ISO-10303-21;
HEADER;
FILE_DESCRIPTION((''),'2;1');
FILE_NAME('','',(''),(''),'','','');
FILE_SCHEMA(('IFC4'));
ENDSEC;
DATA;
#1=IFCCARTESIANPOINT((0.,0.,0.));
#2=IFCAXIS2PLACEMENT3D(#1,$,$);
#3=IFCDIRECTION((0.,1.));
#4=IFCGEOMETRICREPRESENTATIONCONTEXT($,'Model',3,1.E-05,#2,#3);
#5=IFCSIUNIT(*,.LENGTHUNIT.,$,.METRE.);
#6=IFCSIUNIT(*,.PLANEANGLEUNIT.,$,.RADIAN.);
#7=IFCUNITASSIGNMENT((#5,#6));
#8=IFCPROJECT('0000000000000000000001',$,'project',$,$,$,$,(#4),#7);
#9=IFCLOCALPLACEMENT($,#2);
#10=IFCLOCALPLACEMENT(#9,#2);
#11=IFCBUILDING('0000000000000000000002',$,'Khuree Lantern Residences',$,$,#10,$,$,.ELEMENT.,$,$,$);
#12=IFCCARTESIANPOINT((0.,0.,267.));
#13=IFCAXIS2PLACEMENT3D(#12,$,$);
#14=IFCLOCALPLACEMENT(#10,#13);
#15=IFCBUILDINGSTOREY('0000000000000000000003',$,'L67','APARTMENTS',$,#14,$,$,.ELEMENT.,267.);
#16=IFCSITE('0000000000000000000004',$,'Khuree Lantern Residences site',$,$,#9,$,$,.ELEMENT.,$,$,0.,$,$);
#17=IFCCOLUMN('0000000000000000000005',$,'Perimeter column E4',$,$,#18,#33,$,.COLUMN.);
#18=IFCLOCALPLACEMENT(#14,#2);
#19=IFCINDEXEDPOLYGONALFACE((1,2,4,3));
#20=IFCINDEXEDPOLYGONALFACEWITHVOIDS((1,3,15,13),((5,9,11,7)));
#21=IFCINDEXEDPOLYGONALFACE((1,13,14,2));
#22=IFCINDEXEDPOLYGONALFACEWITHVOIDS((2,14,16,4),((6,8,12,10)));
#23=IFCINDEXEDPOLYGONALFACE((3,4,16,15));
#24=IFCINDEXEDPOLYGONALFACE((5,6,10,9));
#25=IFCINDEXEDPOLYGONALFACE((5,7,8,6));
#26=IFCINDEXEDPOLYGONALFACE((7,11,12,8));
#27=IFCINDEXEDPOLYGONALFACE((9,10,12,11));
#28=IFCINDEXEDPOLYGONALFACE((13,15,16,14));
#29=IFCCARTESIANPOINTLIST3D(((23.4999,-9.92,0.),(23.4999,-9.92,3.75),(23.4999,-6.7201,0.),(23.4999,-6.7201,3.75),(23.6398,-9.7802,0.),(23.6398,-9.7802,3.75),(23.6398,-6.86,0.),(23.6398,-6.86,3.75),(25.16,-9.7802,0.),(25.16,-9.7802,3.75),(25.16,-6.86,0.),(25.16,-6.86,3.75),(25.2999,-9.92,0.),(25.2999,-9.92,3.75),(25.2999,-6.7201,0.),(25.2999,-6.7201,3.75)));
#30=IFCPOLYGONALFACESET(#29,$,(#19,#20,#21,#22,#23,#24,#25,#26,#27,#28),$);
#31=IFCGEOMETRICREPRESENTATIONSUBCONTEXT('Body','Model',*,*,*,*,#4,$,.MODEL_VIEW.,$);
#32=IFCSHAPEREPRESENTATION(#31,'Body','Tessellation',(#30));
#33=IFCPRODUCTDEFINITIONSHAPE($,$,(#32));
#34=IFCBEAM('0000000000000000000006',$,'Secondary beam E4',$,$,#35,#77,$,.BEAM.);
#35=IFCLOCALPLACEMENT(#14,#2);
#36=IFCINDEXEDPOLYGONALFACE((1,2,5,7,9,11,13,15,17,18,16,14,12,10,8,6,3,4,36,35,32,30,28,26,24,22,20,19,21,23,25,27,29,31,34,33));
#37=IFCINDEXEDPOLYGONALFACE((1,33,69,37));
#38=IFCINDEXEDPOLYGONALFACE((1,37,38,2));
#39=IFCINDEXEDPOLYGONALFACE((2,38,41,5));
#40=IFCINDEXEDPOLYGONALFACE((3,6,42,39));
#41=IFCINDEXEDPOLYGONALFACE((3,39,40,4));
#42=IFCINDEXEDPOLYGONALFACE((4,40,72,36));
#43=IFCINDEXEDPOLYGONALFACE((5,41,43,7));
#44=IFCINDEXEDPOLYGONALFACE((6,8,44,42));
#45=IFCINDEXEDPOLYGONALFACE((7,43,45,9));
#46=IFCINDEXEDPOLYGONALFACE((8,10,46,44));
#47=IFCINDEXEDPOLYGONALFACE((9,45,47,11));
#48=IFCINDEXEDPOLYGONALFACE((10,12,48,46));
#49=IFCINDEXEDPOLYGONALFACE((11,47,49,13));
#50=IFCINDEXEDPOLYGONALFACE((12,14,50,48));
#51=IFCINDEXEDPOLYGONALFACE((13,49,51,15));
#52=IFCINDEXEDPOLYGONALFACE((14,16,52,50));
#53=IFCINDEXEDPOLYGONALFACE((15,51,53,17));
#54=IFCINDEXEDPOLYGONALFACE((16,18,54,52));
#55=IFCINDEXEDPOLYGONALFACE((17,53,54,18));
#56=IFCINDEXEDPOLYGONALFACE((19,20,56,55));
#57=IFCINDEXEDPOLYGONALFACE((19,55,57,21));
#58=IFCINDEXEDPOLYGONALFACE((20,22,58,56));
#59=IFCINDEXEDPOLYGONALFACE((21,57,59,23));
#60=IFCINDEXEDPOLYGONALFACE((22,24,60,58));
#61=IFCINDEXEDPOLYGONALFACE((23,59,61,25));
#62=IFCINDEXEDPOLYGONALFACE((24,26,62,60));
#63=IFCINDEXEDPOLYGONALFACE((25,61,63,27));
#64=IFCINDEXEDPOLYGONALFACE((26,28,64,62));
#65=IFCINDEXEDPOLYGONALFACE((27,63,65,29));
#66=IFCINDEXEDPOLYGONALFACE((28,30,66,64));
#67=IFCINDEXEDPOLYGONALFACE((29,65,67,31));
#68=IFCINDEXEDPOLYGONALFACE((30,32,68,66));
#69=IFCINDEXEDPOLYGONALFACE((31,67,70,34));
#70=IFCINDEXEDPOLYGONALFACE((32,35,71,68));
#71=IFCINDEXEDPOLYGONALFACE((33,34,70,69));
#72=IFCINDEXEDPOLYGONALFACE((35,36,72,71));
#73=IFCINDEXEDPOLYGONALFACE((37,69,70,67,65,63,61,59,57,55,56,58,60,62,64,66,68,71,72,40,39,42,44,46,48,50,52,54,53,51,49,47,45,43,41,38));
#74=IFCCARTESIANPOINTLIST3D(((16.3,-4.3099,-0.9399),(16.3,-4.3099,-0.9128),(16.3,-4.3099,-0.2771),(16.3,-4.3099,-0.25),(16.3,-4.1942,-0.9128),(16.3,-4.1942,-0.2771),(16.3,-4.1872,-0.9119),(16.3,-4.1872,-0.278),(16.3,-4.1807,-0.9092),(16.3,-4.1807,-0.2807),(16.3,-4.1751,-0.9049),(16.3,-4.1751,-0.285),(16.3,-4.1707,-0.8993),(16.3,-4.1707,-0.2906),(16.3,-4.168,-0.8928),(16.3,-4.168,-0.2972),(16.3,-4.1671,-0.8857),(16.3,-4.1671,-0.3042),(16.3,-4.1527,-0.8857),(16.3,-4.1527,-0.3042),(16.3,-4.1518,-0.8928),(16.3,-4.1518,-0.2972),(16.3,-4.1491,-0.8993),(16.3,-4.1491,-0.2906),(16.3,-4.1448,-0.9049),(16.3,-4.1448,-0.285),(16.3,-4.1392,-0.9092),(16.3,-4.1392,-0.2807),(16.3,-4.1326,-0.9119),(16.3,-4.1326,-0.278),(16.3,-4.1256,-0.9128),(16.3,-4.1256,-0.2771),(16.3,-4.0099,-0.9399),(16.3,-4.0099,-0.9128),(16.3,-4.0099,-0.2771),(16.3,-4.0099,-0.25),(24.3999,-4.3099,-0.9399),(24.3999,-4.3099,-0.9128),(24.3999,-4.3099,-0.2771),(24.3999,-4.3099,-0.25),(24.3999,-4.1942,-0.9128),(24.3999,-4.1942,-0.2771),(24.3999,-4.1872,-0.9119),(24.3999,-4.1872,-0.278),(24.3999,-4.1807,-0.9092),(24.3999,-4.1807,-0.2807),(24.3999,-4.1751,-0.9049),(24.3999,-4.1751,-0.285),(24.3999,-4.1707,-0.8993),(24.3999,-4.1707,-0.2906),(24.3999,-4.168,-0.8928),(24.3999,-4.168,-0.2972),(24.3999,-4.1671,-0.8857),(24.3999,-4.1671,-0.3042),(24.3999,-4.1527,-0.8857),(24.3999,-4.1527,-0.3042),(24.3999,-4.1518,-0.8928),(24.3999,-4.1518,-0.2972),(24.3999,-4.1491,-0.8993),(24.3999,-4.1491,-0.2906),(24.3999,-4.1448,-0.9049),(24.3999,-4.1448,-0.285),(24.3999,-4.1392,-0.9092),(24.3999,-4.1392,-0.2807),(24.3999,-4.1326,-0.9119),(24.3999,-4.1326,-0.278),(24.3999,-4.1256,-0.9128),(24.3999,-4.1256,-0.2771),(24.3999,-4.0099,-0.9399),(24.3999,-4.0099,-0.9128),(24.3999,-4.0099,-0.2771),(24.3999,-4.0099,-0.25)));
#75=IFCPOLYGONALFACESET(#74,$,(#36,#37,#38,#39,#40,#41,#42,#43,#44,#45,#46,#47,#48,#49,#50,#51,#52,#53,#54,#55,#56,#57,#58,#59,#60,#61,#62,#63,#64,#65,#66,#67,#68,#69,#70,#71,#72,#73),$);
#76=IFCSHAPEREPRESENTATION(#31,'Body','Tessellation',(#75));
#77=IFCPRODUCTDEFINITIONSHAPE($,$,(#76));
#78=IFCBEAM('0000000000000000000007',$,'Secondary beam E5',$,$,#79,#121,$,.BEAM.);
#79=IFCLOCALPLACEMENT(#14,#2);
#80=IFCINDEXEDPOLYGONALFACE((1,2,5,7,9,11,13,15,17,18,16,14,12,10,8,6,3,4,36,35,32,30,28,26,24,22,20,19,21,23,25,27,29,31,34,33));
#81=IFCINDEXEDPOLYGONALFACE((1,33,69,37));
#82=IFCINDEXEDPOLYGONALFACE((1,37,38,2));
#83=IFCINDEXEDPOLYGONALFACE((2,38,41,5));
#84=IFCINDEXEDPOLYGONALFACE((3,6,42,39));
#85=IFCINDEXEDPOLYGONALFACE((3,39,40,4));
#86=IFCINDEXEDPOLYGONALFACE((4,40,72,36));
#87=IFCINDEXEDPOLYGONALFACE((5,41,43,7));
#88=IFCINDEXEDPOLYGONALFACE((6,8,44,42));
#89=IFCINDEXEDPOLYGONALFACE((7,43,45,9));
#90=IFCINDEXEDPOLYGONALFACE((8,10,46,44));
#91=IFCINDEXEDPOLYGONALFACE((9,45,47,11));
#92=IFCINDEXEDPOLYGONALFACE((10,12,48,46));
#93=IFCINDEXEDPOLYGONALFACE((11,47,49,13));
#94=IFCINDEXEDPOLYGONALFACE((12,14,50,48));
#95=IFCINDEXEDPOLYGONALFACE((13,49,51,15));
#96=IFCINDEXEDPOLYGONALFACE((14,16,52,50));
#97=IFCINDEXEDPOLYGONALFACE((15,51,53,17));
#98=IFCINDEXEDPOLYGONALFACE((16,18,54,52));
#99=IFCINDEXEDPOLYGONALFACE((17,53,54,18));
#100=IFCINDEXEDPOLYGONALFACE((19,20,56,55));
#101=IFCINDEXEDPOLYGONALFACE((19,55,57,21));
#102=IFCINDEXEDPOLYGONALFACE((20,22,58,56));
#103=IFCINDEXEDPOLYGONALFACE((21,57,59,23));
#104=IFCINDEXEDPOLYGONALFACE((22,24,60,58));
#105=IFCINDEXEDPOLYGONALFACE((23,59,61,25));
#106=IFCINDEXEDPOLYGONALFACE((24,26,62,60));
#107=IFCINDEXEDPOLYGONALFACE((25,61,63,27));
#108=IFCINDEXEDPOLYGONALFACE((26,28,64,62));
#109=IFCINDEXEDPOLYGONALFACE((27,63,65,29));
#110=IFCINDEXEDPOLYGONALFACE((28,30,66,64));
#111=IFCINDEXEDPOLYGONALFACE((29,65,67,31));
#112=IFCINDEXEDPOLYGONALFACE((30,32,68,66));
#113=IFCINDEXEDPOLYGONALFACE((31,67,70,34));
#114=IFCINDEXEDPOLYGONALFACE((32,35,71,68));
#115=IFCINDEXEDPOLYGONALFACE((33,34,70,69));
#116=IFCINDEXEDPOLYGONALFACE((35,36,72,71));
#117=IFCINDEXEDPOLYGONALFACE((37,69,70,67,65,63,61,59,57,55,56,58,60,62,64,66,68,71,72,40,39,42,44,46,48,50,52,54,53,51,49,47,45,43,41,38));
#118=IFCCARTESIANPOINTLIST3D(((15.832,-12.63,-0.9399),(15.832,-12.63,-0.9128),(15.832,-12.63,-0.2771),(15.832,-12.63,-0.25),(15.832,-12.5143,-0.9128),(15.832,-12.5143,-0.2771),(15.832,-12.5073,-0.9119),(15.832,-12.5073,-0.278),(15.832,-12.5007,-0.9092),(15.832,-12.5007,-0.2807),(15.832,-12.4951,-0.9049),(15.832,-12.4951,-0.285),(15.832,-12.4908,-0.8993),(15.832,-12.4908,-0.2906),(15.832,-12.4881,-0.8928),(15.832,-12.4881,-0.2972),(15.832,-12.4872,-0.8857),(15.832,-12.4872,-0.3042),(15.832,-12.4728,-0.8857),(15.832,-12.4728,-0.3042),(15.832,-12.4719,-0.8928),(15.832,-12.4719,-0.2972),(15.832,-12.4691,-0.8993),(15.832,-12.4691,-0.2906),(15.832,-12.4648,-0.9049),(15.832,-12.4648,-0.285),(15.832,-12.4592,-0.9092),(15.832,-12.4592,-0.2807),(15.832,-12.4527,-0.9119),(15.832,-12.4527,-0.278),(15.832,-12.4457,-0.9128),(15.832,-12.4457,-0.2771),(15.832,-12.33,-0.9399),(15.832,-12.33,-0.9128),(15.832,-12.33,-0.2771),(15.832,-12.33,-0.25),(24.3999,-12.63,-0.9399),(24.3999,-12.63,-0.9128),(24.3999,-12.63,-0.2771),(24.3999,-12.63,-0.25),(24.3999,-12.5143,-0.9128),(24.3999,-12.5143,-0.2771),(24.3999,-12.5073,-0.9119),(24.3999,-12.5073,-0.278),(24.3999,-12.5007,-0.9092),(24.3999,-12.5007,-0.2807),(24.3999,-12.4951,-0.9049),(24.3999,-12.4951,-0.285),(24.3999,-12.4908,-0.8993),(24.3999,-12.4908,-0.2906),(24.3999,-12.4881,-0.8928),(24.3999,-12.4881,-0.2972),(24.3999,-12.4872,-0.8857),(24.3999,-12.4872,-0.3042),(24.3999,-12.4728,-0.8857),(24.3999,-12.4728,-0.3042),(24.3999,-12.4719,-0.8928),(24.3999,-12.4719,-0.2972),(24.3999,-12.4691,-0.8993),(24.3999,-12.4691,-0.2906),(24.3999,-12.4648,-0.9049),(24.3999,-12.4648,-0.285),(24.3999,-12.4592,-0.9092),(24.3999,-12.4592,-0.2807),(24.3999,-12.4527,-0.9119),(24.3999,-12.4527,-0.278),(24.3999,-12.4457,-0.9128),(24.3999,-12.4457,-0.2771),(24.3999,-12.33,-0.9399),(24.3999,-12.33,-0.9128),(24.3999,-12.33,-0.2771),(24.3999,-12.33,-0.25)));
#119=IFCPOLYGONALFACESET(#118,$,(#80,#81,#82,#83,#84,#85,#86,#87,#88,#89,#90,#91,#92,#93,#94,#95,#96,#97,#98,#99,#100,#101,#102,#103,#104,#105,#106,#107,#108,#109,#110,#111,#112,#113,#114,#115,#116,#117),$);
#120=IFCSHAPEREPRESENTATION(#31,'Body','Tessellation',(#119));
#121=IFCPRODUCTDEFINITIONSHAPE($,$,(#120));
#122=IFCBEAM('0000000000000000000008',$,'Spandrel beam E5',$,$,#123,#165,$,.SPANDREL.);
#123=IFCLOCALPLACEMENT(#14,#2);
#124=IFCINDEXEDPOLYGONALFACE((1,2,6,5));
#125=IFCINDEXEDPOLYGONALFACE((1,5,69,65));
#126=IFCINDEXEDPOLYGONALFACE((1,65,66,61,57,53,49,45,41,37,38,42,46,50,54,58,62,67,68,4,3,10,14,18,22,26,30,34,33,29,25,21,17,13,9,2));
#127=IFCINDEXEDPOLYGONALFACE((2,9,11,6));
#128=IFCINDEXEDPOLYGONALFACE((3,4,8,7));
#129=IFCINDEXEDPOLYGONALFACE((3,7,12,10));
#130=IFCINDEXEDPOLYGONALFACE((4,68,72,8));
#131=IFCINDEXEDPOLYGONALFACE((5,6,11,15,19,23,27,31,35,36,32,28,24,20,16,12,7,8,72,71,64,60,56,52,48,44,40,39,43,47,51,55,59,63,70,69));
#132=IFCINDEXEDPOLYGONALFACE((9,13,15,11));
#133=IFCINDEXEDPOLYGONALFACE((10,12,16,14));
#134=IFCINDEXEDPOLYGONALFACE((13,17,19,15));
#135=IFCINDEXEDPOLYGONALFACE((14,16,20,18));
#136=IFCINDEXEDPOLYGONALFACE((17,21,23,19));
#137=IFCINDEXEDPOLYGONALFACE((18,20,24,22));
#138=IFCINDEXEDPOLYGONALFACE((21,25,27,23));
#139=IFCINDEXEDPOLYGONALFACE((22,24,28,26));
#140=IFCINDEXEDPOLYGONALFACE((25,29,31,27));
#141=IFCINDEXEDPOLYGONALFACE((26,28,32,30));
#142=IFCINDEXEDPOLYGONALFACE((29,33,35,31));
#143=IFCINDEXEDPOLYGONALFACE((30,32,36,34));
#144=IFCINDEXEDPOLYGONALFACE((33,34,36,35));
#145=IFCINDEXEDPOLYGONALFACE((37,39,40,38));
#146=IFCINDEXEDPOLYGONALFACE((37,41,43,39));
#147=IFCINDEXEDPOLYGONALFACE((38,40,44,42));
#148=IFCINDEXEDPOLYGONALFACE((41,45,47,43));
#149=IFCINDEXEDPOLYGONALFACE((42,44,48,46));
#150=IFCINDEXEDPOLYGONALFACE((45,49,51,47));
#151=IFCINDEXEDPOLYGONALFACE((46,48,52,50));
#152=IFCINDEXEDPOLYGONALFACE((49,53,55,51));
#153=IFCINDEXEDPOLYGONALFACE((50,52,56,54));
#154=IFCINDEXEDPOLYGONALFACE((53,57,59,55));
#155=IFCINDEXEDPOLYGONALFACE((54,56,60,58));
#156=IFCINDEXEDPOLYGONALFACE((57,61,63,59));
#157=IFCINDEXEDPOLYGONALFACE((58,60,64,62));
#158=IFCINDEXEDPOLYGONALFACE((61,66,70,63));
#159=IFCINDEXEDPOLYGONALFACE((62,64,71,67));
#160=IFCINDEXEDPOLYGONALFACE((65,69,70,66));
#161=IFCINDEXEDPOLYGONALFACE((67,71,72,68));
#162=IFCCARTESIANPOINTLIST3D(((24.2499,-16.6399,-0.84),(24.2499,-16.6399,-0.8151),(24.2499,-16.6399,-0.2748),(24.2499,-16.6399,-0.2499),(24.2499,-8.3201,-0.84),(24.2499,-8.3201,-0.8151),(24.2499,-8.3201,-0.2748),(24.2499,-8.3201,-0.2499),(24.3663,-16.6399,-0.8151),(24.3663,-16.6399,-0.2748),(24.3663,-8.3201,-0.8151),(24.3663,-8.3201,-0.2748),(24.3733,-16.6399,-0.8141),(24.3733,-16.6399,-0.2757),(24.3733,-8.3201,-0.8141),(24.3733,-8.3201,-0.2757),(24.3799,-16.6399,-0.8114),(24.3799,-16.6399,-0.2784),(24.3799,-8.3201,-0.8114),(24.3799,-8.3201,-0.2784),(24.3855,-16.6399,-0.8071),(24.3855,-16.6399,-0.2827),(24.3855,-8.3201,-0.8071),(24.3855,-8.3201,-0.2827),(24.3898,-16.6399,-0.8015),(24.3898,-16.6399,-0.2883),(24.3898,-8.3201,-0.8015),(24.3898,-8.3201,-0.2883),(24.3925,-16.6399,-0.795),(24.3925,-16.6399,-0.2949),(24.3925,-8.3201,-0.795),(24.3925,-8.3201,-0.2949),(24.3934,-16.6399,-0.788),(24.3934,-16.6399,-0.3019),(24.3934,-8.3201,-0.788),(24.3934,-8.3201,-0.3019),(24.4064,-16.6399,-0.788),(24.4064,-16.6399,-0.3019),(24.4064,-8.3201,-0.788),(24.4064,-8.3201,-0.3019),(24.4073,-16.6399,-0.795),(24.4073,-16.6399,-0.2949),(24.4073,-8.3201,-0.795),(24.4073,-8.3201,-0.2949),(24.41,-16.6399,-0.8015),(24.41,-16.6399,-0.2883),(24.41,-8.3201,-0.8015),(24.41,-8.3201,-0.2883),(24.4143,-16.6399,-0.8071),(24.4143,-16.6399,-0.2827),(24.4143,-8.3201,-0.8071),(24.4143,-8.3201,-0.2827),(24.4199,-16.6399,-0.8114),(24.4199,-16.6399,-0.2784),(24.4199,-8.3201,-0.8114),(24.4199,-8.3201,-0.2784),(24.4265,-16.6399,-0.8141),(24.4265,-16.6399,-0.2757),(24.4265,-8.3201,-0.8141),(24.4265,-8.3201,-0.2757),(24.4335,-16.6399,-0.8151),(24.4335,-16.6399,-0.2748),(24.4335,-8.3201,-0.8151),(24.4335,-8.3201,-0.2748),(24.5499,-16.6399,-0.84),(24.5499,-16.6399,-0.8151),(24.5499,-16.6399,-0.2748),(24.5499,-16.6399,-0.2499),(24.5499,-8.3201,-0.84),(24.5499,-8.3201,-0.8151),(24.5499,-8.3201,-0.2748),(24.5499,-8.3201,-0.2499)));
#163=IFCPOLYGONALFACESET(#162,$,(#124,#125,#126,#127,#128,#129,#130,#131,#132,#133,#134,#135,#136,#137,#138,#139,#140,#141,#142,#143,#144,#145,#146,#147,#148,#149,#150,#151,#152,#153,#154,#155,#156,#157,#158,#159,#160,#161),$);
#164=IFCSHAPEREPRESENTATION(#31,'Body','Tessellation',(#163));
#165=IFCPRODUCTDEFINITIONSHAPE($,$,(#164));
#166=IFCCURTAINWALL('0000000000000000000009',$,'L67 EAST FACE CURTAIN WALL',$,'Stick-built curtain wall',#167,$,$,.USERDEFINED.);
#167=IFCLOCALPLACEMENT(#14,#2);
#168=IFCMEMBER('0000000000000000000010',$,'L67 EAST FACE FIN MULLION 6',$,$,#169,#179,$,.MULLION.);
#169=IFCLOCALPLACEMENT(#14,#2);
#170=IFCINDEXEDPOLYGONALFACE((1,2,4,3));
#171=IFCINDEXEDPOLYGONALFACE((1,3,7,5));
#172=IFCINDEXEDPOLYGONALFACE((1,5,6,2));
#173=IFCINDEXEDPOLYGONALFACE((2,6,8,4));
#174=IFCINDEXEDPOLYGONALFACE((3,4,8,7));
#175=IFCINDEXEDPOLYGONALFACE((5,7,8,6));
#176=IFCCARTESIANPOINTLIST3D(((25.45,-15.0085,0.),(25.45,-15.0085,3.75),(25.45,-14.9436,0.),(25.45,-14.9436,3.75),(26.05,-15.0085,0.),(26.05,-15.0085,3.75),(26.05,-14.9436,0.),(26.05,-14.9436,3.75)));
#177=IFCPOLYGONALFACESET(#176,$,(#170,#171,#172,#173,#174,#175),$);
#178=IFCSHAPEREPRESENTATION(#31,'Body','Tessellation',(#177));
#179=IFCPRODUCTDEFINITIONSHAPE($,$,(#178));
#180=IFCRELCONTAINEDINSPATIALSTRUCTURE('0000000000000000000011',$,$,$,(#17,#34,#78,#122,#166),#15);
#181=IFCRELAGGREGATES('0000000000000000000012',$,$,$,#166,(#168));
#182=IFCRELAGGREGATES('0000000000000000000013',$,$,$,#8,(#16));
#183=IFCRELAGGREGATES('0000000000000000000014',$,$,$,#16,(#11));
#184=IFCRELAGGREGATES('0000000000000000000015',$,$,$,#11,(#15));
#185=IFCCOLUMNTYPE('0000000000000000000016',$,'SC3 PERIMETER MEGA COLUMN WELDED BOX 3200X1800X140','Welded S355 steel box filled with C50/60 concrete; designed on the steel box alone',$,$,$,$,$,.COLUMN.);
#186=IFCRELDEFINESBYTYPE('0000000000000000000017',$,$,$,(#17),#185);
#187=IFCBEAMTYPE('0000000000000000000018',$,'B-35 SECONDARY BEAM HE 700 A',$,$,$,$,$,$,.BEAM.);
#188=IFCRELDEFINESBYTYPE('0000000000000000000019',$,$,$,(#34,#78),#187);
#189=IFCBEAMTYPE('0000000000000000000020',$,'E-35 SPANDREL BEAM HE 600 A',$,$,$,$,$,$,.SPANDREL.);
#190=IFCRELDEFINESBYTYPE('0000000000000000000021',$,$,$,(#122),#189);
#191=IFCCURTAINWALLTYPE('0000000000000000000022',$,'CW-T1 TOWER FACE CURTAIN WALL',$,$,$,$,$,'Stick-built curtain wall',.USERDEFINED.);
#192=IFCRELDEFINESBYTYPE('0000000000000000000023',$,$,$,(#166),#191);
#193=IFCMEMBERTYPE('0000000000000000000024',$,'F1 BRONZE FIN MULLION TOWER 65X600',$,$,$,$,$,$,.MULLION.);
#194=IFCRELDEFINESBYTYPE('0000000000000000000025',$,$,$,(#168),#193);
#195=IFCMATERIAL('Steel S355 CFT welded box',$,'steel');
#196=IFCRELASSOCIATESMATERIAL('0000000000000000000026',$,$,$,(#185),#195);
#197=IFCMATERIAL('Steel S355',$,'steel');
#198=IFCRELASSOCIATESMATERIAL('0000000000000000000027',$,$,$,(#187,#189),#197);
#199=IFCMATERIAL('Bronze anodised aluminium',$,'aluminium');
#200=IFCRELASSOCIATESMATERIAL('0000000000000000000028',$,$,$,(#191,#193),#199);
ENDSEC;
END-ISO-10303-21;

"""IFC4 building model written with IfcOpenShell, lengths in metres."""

from ifc_helpers import new_model, si_unit, direction, frame, origin, origin_2d, place, context, subcontext, project, spatial, rectangle, hollow_rectangle, i_section, extrude, material, material_profile, profile_set, type_object, element, aggregate, save


model = new_model("IFC4")

# Units and contexts
model_context = context("Model", 3, precision=1e-05, world=origin(), true_north=direction((0.0, 1.0)))
body_context = subcontext(model_context, "Body", "Model", "MODEL_VIEW")
ifc_project = project(units=[si_unit("LENGTHUNIT", "METRE"), si_unit("PLANEANGLEUNIT", "RADIAN")], contexts=[model_context])

# Site, building, storey
site_placement = place(None, origin())
site = spatial("IfcSite", under=ifc_project, at=site_placement, Name="Khuree Lantern Residences site", CompositionType="ELEMENT", RefElevation=0.0)
building_placement = place(site_placement, origin())
building = spatial("IfcBuilding", under=site, at=building_placement, Name="Khuree Lantern Residences", CompositionType="ELEMENT")
storey_placement = place(building_placement, frame((0.0, 0.0, 267.0)))
storey = spatial("IfcBuildingStorey", under=building, at=storey_placement, Name="L67", Description="APARTMENTS", CompositionType="ELEMENT", Elevation=267.0)

# Column
ifc_material_1 = material(Name="Steel S355 CFT welded box", Category="steel")
ifc_material_profile_1 = material_profile(ifc_material_1, hollow_rectangle(XDim=3.2, YDim=1.8, WallThickness=0.1399, at=origin_2d()), Name="WELDED BOX 3200X1800X140")
ifc_profile_set_1 = profile_set([ifc_material_profile_1], Name="Steel S355 CFT welded box")
column_type = type_object("IfcColumnType", Name="SC3 PERIMETER MEGA COLUMN WELDED BOX 3200X1800X140", Description="Welded S355 steel box filled with C50/60 concrete; designed on the steel box alone", PredefinedType="COLUMN", material=ifc_profile_set_1)
column_placement = place(storey_placement, frame((24.3999, -8.3201, 0.0), z_axis=(0.0, 0.0, 1.0), x_axis=(0.0, 1.0, 0.0)))
element("IfcColumn", 1, at=column_placement, inside=storey, type_object=column_type, Name="Perimeter column E4", PredefinedType="COLUMN", context=body_context, shape_type="SweptSolid", body=[
    extrude(hollow_rectangle(XDim=3.2, YDim=1.8, WallThickness=0.1399, at=origin_2d()), origin(), (0.0, 0.0, 1.0), 3.75),
])

# Beams
ifc_material_2 = material(Name="Steel S355", Category="steel")
ifc_material_profile_2 = material_profile(ifc_material_2, i_section(OverallWidth=0.3, OverallDepth=0.6899, WebThickness=0.0144, FlangeThickness=0.0271, FilletRadius=0.0271, at=origin_2d()), Name="HE 700 A")
ifc_profile_set_2 = profile_set([ifc_material_profile_2], Name="Steel S355")
beam_type_1 = type_object("IfcBeamType", Name="B-35 SECONDARY BEAM HE 700 A", PredefinedType="BEAM", material=ifc_profile_set_2)
beam_1_placement = place(storey_placement, frame((24.3999, -4.1599, -0.595), z_axis=(-1.0, 0.0, 0.0), x_axis=(0.0, -1.0, 0.0)))
element("IfcBeam", 2, at=beam_1_placement, inside=storey, type_object=beam_type_1, Name="Secondary beam E4", PredefinedType="BEAM", context=body_context, shape_type="SweptSolid", body=[
    extrude(i_section(OverallWidth=0.3, OverallDepth=0.6899, WebThickness=0.0144, FlangeThickness=0.0271, FilletRadius=0.0271, at=origin_2d()), origin(), (0.0, 0.0, 1.0), 8.0999),
])
beam_2_placement = place(storey_placement, frame((24.3999, -12.48, -0.595), z_axis=(-1.0, 0.0, 0.0), x_axis=(0.0, -1.0, 0.0)))
element("IfcBeam", 3, at=beam_2_placement, inside=storey, type_object=beam_type_1, Name="Secondary beam E5", PredefinedType="BEAM", context=body_context, shape_type="SweptSolid", body=[
    extrude(i_section(OverallWidth=0.3, OverallDepth=0.6899, WebThickness=0.0144, FlangeThickness=0.0271, FilletRadius=0.0271, at=origin_2d()), origin(), (0.0, 0.0, 1.0), 8.5679),
])
ifc_material_profile_3 = material_profile(ifc_material_2, i_section(OverallWidth=0.3, OverallDepth=0.5901, WebThickness=0.0129, FlangeThickness=0.0249, FilletRadius=0.0271, at=origin_2d()), Name="HE 600 A")
ifc_profile_set_3 = profile_set([ifc_material_profile_3], Name="Steel S355")
beam_type_2 = type_object("IfcBeamType", Name="E-35 SPANDREL BEAM HE 600 A", PredefinedType="SPANDREL", material=ifc_profile_set_3)
beam_3_placement = place(storey_placement, frame((24.3999, -8.3201, -0.5449), z_axis=(0.0, -1.0, 0.0), x_axis=(1.0, 0.0, 0.0)))
element("IfcBeam", 4, at=beam_3_placement, inside=storey, type_object=beam_type_2, Name="Spandrel beam E5", PredefinedType="SPANDREL", context=body_context, shape_type="SweptSolid", body=[
    extrude(i_section(OverallWidth=0.3, OverallDepth=0.5901, WebThickness=0.0129, FlangeThickness=0.0249, FilletRadius=0.0271, at=origin_2d()), origin(), (0.0, 0.0, 1.0), 8.3198),
])

# Curtain wall, member
ifc_material_3 = material(Name="Bronze anodised aluminium", Category="aluminium")
curtain_wall_type = type_object("IfcCurtainWallType", Name="CW-T1 TOWER FACE CURTAIN WALL", ElementType="Stick-built curtain wall", PredefinedType="USERDEFINED", material=ifc_material_3)
curtain_wall_placement = place(storey_placement, origin())
curtain_wall = element("IfcCurtainWall", 5, at=curtain_wall_placement, inside=storey, type_object=curtain_wall_type, Name="L67 EAST FACE CURTAIN WALL", ObjectType="Stick-built curtain wall", PredefinedType="USERDEFINED")
ifc_material_profile_4 = material_profile(ifc_material_3, rectangle(XDim=0.0649, YDim=0.6001, at=origin_2d()), Name="F1 65X600")
ifc_profile_set_4 = profile_set([ifc_material_profile_4], Name="Bronze anodised aluminium")
member_type_1 = type_object("IfcMemberType", Name="F1 BRONZE FIN MULLION TOWER 65X600", PredefinedType="MULLION", material=ifc_profile_set_4)
member_1_placement = place(storey_placement, frame((25.75, -14.9761, 0.0), z_axis=(0.0, 0.0, 1.0), x_axis=(0.0, 1.0, 0.0)))
member_1 = element("IfcMember", 6, at=member_1_placement, type_object=member_type_1, Name="L67 EAST FACE FIN MULLION 6", PredefinedType="MULLION", context=body_context, shape_type="SweptSolid", body=[
    extrude(rectangle(XDim=0.0649, YDim=0.6001, at=origin_2d()), origin(), (0.0, 0.0, 1.0), 3.75),
])

aggregate(curtain_wall, [member_1])

save(model, "model.ifc")
